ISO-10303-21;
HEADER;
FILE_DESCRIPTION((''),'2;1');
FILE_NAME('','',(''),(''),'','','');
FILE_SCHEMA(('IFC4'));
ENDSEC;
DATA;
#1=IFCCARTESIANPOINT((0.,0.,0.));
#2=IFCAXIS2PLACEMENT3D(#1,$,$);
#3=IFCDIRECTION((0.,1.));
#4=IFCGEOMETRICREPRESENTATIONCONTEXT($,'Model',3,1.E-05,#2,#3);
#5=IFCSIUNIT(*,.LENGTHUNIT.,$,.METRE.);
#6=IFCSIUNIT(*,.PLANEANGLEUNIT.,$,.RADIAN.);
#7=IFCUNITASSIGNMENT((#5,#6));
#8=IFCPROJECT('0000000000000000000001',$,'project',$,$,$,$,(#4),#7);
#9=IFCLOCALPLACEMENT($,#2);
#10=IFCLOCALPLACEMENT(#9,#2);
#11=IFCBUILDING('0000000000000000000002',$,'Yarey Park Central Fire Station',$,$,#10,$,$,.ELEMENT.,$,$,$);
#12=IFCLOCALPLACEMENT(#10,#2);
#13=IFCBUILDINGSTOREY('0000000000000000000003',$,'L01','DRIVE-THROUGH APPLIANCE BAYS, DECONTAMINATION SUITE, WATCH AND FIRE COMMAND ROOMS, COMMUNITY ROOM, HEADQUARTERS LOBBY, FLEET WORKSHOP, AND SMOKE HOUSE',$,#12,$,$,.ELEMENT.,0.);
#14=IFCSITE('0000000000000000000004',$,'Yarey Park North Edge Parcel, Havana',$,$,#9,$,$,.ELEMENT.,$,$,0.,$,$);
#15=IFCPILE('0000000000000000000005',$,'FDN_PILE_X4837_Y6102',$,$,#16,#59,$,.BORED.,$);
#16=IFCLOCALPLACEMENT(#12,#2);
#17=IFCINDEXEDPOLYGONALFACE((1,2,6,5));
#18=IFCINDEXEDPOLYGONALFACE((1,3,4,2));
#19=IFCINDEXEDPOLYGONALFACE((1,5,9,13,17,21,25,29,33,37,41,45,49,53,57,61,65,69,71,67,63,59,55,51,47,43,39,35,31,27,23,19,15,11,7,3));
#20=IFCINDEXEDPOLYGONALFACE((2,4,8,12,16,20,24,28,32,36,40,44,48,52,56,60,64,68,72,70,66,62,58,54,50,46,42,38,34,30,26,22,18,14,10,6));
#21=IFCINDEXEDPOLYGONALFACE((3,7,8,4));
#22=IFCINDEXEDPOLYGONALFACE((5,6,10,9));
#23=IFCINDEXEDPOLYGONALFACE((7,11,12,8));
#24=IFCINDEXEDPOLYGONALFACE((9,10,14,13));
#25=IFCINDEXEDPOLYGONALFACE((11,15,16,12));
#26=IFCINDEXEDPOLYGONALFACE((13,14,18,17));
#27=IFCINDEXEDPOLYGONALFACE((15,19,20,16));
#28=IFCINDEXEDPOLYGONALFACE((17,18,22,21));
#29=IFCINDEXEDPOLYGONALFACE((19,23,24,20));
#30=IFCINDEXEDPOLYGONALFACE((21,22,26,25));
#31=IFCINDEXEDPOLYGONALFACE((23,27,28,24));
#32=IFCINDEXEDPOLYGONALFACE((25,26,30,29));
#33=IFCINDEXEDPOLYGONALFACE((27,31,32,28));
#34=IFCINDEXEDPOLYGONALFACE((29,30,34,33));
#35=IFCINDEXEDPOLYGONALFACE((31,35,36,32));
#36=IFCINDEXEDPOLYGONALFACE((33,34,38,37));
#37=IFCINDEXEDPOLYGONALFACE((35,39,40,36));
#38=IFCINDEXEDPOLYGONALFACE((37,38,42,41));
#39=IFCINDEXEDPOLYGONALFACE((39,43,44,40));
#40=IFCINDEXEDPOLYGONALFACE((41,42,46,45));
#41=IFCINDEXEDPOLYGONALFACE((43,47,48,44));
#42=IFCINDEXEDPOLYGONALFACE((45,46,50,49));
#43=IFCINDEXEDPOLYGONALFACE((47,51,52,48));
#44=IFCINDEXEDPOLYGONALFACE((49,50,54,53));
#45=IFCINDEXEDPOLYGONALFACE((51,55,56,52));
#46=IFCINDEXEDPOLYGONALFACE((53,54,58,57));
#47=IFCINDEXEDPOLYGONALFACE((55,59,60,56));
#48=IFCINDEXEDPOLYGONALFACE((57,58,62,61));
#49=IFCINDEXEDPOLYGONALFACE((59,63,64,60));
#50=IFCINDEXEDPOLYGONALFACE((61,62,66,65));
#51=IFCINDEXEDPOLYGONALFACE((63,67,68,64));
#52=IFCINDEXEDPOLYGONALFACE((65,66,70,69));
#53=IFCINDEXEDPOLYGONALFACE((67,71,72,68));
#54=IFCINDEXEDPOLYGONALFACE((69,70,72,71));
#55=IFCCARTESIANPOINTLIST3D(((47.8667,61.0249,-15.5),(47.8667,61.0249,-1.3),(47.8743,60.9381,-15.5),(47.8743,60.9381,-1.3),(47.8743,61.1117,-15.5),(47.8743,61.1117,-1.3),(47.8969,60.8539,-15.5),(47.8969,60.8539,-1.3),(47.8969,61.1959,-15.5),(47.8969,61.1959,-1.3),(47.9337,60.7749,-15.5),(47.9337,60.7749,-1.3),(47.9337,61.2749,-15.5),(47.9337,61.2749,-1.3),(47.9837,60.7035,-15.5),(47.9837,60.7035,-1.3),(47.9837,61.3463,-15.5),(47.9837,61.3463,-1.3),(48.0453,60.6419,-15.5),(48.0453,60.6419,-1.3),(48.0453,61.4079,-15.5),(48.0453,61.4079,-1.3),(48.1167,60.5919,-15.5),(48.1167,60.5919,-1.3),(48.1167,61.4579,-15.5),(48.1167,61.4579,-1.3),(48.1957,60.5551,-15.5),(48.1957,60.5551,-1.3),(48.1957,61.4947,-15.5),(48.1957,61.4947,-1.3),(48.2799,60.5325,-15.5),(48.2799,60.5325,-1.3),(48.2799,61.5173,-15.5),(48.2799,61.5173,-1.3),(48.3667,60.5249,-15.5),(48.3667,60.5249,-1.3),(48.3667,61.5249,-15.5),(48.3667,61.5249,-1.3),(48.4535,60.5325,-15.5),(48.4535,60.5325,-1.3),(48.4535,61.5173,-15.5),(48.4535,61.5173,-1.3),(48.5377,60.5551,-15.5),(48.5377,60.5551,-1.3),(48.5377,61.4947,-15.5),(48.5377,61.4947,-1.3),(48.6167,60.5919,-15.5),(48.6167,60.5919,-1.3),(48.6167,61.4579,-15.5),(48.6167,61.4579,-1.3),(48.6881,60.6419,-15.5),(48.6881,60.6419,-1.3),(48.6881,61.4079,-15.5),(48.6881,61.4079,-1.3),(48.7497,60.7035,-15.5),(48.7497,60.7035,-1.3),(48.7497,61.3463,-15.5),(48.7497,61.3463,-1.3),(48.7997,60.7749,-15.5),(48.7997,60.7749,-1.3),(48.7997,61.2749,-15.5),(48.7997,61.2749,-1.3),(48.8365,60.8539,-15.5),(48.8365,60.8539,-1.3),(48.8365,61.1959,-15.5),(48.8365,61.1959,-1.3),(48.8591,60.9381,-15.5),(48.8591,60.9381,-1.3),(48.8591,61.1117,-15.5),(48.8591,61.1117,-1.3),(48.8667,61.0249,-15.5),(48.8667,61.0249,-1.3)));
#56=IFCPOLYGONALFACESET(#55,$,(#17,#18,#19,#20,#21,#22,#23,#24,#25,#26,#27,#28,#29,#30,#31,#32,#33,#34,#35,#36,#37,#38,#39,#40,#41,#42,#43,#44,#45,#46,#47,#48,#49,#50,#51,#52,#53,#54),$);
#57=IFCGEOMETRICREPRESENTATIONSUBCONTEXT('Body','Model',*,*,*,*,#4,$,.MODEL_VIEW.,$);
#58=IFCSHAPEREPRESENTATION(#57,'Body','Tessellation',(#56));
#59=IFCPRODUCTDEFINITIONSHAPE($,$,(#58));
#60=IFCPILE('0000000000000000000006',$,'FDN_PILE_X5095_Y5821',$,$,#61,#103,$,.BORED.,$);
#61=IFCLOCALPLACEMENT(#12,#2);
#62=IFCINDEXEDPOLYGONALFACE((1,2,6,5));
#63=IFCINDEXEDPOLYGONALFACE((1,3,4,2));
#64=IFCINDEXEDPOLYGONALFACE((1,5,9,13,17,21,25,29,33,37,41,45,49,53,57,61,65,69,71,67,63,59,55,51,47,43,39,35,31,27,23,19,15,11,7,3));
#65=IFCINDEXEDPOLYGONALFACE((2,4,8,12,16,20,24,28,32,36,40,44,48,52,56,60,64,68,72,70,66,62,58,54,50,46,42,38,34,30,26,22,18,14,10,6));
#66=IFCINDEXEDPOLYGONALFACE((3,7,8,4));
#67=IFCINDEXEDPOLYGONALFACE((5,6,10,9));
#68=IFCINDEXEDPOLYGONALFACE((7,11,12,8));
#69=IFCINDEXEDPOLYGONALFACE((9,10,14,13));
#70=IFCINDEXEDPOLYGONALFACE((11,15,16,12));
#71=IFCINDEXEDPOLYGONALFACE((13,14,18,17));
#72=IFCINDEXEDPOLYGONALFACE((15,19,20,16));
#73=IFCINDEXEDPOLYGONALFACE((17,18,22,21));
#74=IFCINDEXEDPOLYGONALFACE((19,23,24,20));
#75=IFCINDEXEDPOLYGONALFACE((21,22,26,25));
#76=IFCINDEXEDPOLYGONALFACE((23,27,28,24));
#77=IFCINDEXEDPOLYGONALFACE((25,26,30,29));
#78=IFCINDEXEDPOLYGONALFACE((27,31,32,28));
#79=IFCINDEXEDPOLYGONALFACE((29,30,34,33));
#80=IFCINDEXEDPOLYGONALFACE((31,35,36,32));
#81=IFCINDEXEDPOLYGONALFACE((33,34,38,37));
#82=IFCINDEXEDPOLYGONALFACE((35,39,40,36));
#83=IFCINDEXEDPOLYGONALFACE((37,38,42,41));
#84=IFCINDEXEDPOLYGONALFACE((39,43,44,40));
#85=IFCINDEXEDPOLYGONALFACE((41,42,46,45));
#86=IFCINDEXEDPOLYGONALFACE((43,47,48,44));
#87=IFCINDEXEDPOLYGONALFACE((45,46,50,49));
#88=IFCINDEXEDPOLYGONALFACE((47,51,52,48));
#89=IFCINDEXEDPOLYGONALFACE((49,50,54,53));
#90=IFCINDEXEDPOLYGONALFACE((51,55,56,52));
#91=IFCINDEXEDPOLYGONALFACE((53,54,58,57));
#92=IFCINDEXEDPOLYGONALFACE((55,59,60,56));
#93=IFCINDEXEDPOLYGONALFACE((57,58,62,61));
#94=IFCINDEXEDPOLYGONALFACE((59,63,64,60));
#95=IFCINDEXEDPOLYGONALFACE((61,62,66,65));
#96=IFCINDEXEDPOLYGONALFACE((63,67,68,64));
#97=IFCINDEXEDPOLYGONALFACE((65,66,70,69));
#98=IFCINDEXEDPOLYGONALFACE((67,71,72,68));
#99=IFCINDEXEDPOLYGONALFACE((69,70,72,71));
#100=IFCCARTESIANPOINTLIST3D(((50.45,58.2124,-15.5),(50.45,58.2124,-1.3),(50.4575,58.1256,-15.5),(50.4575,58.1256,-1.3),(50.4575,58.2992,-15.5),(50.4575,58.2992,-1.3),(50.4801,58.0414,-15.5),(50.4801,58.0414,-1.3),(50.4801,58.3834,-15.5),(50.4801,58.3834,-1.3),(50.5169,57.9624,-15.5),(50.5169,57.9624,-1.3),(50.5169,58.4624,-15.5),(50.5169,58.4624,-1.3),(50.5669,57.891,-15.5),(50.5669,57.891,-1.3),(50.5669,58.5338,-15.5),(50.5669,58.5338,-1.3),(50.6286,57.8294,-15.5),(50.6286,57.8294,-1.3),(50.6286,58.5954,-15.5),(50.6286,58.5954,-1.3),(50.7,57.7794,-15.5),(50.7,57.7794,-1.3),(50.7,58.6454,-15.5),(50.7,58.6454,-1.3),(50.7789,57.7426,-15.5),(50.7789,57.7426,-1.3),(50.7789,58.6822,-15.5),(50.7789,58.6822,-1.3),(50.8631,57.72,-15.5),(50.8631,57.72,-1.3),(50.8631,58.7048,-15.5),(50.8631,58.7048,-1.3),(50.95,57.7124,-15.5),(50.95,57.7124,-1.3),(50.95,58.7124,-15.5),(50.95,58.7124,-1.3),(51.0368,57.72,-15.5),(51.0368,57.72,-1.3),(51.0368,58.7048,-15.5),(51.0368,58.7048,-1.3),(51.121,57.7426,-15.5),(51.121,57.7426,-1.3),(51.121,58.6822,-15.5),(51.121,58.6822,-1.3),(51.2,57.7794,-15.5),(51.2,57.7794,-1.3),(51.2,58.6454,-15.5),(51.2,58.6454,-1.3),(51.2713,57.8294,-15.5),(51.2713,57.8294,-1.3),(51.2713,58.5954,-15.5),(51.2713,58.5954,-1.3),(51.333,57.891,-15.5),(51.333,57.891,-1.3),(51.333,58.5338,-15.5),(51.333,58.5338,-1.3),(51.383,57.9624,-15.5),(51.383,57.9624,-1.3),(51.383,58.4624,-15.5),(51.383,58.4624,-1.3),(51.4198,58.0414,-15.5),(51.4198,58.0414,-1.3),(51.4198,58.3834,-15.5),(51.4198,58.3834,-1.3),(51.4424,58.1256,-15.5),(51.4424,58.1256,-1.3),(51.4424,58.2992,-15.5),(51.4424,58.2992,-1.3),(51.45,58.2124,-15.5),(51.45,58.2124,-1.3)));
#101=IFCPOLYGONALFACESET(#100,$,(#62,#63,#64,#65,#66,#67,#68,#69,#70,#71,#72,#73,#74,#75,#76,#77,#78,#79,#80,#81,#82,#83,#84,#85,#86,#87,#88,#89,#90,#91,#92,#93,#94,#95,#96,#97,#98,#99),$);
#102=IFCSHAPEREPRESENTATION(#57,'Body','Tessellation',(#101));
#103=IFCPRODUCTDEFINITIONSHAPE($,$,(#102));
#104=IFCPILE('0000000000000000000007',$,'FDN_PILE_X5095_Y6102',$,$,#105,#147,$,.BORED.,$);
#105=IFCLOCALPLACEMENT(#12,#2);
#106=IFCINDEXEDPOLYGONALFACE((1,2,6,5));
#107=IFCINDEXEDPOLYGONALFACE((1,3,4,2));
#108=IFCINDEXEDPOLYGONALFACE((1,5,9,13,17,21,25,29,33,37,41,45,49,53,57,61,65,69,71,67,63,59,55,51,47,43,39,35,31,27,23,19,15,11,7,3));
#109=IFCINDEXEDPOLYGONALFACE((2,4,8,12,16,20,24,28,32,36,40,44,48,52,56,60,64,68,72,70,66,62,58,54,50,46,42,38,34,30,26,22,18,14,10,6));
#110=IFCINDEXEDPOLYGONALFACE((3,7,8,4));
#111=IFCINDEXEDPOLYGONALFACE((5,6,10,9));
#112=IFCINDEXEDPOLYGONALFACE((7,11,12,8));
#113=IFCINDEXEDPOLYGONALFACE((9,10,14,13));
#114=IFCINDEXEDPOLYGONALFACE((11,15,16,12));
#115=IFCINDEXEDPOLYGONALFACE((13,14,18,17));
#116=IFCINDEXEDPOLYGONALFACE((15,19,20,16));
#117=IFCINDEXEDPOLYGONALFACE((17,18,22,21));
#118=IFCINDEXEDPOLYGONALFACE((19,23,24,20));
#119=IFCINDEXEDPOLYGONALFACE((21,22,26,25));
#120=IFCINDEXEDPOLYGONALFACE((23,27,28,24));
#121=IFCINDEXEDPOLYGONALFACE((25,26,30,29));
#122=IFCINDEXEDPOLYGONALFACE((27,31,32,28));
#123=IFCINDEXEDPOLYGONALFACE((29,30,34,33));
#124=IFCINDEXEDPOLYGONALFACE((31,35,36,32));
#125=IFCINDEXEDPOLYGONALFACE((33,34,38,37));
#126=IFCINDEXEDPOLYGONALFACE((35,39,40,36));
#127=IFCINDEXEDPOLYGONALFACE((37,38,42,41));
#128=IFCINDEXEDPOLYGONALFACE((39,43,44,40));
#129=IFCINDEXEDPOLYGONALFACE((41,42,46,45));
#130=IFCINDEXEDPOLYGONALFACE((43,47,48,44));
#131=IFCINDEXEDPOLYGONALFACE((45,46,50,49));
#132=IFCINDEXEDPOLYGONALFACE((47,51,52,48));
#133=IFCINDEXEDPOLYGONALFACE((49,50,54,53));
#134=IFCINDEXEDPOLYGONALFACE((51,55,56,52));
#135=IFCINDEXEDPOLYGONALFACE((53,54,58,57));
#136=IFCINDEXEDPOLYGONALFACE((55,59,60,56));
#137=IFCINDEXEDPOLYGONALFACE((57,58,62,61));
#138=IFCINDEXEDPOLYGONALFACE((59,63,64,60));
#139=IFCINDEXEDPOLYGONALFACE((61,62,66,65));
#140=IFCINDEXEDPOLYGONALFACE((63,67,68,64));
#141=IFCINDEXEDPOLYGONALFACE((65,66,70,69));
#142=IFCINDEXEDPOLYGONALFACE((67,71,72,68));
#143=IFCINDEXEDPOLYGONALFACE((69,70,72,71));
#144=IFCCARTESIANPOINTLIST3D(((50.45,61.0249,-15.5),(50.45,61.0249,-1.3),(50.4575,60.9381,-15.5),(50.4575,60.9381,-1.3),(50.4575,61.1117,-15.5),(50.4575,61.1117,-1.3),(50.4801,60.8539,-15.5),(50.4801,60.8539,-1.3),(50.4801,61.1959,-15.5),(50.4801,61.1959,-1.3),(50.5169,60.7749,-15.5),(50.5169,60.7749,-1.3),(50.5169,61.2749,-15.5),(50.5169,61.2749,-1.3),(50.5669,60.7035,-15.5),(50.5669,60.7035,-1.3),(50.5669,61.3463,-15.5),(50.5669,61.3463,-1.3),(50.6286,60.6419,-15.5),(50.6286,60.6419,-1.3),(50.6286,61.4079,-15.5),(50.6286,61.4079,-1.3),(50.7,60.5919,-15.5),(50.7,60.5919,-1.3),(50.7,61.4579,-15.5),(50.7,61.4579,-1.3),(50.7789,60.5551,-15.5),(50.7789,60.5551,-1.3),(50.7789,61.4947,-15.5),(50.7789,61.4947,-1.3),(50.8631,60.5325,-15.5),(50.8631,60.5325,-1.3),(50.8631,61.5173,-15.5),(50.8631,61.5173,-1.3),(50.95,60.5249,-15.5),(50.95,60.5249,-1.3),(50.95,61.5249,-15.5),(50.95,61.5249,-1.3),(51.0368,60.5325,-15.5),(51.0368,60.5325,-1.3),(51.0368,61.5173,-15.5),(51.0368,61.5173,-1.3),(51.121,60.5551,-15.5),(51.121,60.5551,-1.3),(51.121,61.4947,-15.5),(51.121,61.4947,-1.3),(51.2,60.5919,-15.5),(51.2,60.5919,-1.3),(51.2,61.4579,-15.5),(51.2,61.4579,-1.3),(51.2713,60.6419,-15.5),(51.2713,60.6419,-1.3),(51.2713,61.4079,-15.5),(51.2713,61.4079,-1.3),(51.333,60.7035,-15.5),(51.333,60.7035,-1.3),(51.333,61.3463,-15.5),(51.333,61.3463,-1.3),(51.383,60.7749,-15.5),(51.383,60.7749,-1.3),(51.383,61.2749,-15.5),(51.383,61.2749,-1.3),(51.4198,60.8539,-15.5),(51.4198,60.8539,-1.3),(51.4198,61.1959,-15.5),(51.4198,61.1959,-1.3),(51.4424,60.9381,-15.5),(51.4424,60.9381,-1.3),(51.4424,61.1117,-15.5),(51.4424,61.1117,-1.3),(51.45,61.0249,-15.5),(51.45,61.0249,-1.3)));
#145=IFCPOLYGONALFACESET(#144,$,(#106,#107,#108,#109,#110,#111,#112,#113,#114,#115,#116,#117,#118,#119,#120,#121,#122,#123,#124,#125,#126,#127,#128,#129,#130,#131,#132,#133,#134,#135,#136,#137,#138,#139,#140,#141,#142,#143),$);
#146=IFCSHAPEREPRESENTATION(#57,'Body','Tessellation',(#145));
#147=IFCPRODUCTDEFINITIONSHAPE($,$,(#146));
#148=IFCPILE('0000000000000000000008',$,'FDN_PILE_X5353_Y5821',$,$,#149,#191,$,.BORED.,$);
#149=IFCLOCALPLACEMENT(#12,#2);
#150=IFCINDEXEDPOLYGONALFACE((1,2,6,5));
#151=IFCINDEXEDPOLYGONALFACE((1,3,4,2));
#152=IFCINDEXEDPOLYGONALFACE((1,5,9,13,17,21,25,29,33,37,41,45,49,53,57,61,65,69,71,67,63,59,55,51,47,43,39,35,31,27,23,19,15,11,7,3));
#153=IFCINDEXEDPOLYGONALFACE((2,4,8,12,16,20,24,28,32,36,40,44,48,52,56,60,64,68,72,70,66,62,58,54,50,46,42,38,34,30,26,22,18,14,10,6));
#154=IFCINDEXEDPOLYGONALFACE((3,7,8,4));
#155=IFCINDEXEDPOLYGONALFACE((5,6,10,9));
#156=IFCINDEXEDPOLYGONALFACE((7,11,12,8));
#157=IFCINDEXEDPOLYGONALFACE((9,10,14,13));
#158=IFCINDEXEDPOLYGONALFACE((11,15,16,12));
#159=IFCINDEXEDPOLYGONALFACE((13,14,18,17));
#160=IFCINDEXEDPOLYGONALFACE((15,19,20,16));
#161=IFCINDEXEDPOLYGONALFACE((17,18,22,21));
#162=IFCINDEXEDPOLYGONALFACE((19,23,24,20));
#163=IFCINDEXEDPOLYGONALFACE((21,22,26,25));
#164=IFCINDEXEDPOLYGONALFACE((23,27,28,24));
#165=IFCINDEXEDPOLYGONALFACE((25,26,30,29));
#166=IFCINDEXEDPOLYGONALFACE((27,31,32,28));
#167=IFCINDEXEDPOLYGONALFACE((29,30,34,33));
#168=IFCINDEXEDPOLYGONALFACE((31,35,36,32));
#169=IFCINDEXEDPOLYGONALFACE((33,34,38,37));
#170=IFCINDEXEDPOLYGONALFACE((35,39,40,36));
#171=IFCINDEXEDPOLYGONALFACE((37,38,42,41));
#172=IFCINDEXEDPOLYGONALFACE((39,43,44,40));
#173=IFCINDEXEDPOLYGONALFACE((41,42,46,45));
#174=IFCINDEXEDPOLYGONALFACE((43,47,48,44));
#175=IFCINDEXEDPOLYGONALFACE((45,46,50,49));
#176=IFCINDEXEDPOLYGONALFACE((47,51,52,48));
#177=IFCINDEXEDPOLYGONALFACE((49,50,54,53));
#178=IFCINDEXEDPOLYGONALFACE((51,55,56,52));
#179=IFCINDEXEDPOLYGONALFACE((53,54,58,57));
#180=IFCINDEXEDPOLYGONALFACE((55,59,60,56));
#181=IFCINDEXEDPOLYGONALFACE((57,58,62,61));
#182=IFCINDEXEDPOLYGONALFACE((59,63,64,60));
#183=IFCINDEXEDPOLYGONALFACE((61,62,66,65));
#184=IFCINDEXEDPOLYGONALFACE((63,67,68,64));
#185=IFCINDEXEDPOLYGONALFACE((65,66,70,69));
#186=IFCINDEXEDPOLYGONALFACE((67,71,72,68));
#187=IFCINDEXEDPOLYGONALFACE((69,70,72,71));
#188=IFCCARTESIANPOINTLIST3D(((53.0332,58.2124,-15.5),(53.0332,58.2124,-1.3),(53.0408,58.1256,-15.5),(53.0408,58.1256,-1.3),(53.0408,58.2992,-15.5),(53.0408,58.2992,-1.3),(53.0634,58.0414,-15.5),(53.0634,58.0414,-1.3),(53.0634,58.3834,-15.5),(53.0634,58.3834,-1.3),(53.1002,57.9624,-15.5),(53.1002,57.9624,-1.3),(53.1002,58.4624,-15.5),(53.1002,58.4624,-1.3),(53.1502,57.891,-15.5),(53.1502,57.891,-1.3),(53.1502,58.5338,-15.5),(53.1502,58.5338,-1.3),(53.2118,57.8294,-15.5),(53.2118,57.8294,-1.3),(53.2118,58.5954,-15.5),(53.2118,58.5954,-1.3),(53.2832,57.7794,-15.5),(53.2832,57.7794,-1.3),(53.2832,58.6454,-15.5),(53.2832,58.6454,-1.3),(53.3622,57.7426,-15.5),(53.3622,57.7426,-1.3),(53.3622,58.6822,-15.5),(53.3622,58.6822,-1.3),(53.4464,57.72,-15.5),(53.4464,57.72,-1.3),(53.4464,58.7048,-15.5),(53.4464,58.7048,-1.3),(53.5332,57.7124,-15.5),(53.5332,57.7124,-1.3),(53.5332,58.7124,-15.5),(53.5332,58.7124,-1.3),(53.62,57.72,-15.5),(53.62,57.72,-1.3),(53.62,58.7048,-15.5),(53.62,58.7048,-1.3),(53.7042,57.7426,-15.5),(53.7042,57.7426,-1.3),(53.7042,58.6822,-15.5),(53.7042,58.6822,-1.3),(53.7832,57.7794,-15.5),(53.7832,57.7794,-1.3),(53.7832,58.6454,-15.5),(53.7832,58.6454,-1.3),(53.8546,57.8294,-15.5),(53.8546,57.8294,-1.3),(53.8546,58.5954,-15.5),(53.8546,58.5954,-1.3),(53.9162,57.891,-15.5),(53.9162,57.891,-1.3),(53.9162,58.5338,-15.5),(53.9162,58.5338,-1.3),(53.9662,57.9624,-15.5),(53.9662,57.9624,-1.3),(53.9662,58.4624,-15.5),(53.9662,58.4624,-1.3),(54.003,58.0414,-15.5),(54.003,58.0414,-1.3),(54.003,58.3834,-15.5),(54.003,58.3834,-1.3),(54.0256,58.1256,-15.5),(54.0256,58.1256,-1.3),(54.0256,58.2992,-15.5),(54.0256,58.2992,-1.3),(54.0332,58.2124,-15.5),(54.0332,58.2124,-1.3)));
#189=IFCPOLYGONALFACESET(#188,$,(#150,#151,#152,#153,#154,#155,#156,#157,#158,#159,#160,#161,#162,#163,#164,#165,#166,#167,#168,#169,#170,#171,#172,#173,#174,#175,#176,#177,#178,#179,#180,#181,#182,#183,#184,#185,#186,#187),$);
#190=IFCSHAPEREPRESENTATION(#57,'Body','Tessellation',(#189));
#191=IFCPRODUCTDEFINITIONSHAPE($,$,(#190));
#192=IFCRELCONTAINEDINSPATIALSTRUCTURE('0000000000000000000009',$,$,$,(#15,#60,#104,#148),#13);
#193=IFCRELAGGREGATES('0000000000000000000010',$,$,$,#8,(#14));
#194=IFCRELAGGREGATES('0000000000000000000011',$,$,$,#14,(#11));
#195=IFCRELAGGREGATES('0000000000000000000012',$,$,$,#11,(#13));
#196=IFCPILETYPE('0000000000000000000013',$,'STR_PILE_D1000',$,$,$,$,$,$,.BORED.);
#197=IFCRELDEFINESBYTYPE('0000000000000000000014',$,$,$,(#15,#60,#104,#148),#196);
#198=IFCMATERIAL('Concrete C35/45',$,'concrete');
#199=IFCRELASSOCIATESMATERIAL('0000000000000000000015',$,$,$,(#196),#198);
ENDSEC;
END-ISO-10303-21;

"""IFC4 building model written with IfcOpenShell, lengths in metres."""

from ifc_helpers import new_model, si_unit, direction, frame, origin, origin_2d, place, context, subcontext, project, spatial, circle, extrude, material, material_profile, profile_set, type_object, element, save


model = new_model("IFC4")

# Units and contexts
model_context = context("Model", 3, precision=1e-05, world=origin(), true_north=direction((0.0, 1.0)))
body_context = subcontext(model_context, "Body", "Model", "MODEL_VIEW")
ifc_project = project(units=[si_unit("LENGTHUNIT", "METRE"), si_unit("PLANEANGLEUNIT", "RADIAN")], contexts=[model_context])

# Site, building, storey
site_placement = place(None, origin())
site = spatial("IfcSite", under=ifc_project, at=site_placement, Name="Yarey Park North Edge Parcel, Havana", CompositionType="ELEMENT", RefElevation=0.0)
building_placement = place(site_placement, origin())
building = spatial("IfcBuilding", under=site, at=building_placement, Name="Yarey Park Central Fire Station", CompositionType="ELEMENT")
storey_placement = place(building_placement, origin())
storey = spatial("IfcBuildingStorey", under=building, at=storey_placement, Name="L01", Description="DRIVE-THROUGH APPLIANCE BAYS, DECONTAMINATION SUITE, WATCH AND FIRE COMMAND ROOMS, COMMUNITY ROOM, HEADQUARTERS LOBBY, FLEET WORKSHOP, AND SMOKE HOUSE", CompositionType="ELEMENT", Elevation=0.0)

# Piles
ifc_material_1 = material(Name="Concrete C35/45", Category="concrete")
ifc_material_profile_1 = material_profile(ifc_material_1, circle(Radius=0.5, at=origin_2d()), Name="BORED PILE D1000")
ifc_profile_set_1 = profile_set([ifc_material_profile_1], Name="Concrete C35/45")
pile_type = type_object("IfcPileType", Name="STR_PILE_D1000", PredefinedType="BORED", material=ifc_profile_set_1)
for number, where, z_axis, x_axis, name in (
    (1, (48.3667, 61.0249, -1.3), (0.0, 0.0, -1.0), (1.0, 0.0, 0.0), "FDN_PILE_X4837_Y6102"),
    (2, (50.95, 58.2124, -1.3), (0.0, 0.0, -1.0), (1.0, 0.0, 0.0), "FDN_PILE_X5095_Y5821"),
    (3, (50.95, 61.0249, -1.3), (0.0, 0.0, -1.0), (1.0, 0.0, 0.0), "FDN_PILE_X5095_Y6102"),
    (4, (53.5332, 58.2124, -1.3), (0.0, 0.0, -1.0), (1.0, 0.0, 0.0), "FDN_PILE_X5353_Y5821"),
):
    element("IfcPile", number, at=place(storey_placement, frame(where, z_axis=z_axis, x_axis=x_axis)), inside=storey, type_object=pile_type, Name=name, PredefinedType="BORED", context=body_context, shape_type="SweptSolid", body=[
        extrude(circle(Radius=0.5, at=origin_2d()), origin(), (0.0, 0.0, 1.0), 14.2),
    ])

save(model, "model.ifc")
